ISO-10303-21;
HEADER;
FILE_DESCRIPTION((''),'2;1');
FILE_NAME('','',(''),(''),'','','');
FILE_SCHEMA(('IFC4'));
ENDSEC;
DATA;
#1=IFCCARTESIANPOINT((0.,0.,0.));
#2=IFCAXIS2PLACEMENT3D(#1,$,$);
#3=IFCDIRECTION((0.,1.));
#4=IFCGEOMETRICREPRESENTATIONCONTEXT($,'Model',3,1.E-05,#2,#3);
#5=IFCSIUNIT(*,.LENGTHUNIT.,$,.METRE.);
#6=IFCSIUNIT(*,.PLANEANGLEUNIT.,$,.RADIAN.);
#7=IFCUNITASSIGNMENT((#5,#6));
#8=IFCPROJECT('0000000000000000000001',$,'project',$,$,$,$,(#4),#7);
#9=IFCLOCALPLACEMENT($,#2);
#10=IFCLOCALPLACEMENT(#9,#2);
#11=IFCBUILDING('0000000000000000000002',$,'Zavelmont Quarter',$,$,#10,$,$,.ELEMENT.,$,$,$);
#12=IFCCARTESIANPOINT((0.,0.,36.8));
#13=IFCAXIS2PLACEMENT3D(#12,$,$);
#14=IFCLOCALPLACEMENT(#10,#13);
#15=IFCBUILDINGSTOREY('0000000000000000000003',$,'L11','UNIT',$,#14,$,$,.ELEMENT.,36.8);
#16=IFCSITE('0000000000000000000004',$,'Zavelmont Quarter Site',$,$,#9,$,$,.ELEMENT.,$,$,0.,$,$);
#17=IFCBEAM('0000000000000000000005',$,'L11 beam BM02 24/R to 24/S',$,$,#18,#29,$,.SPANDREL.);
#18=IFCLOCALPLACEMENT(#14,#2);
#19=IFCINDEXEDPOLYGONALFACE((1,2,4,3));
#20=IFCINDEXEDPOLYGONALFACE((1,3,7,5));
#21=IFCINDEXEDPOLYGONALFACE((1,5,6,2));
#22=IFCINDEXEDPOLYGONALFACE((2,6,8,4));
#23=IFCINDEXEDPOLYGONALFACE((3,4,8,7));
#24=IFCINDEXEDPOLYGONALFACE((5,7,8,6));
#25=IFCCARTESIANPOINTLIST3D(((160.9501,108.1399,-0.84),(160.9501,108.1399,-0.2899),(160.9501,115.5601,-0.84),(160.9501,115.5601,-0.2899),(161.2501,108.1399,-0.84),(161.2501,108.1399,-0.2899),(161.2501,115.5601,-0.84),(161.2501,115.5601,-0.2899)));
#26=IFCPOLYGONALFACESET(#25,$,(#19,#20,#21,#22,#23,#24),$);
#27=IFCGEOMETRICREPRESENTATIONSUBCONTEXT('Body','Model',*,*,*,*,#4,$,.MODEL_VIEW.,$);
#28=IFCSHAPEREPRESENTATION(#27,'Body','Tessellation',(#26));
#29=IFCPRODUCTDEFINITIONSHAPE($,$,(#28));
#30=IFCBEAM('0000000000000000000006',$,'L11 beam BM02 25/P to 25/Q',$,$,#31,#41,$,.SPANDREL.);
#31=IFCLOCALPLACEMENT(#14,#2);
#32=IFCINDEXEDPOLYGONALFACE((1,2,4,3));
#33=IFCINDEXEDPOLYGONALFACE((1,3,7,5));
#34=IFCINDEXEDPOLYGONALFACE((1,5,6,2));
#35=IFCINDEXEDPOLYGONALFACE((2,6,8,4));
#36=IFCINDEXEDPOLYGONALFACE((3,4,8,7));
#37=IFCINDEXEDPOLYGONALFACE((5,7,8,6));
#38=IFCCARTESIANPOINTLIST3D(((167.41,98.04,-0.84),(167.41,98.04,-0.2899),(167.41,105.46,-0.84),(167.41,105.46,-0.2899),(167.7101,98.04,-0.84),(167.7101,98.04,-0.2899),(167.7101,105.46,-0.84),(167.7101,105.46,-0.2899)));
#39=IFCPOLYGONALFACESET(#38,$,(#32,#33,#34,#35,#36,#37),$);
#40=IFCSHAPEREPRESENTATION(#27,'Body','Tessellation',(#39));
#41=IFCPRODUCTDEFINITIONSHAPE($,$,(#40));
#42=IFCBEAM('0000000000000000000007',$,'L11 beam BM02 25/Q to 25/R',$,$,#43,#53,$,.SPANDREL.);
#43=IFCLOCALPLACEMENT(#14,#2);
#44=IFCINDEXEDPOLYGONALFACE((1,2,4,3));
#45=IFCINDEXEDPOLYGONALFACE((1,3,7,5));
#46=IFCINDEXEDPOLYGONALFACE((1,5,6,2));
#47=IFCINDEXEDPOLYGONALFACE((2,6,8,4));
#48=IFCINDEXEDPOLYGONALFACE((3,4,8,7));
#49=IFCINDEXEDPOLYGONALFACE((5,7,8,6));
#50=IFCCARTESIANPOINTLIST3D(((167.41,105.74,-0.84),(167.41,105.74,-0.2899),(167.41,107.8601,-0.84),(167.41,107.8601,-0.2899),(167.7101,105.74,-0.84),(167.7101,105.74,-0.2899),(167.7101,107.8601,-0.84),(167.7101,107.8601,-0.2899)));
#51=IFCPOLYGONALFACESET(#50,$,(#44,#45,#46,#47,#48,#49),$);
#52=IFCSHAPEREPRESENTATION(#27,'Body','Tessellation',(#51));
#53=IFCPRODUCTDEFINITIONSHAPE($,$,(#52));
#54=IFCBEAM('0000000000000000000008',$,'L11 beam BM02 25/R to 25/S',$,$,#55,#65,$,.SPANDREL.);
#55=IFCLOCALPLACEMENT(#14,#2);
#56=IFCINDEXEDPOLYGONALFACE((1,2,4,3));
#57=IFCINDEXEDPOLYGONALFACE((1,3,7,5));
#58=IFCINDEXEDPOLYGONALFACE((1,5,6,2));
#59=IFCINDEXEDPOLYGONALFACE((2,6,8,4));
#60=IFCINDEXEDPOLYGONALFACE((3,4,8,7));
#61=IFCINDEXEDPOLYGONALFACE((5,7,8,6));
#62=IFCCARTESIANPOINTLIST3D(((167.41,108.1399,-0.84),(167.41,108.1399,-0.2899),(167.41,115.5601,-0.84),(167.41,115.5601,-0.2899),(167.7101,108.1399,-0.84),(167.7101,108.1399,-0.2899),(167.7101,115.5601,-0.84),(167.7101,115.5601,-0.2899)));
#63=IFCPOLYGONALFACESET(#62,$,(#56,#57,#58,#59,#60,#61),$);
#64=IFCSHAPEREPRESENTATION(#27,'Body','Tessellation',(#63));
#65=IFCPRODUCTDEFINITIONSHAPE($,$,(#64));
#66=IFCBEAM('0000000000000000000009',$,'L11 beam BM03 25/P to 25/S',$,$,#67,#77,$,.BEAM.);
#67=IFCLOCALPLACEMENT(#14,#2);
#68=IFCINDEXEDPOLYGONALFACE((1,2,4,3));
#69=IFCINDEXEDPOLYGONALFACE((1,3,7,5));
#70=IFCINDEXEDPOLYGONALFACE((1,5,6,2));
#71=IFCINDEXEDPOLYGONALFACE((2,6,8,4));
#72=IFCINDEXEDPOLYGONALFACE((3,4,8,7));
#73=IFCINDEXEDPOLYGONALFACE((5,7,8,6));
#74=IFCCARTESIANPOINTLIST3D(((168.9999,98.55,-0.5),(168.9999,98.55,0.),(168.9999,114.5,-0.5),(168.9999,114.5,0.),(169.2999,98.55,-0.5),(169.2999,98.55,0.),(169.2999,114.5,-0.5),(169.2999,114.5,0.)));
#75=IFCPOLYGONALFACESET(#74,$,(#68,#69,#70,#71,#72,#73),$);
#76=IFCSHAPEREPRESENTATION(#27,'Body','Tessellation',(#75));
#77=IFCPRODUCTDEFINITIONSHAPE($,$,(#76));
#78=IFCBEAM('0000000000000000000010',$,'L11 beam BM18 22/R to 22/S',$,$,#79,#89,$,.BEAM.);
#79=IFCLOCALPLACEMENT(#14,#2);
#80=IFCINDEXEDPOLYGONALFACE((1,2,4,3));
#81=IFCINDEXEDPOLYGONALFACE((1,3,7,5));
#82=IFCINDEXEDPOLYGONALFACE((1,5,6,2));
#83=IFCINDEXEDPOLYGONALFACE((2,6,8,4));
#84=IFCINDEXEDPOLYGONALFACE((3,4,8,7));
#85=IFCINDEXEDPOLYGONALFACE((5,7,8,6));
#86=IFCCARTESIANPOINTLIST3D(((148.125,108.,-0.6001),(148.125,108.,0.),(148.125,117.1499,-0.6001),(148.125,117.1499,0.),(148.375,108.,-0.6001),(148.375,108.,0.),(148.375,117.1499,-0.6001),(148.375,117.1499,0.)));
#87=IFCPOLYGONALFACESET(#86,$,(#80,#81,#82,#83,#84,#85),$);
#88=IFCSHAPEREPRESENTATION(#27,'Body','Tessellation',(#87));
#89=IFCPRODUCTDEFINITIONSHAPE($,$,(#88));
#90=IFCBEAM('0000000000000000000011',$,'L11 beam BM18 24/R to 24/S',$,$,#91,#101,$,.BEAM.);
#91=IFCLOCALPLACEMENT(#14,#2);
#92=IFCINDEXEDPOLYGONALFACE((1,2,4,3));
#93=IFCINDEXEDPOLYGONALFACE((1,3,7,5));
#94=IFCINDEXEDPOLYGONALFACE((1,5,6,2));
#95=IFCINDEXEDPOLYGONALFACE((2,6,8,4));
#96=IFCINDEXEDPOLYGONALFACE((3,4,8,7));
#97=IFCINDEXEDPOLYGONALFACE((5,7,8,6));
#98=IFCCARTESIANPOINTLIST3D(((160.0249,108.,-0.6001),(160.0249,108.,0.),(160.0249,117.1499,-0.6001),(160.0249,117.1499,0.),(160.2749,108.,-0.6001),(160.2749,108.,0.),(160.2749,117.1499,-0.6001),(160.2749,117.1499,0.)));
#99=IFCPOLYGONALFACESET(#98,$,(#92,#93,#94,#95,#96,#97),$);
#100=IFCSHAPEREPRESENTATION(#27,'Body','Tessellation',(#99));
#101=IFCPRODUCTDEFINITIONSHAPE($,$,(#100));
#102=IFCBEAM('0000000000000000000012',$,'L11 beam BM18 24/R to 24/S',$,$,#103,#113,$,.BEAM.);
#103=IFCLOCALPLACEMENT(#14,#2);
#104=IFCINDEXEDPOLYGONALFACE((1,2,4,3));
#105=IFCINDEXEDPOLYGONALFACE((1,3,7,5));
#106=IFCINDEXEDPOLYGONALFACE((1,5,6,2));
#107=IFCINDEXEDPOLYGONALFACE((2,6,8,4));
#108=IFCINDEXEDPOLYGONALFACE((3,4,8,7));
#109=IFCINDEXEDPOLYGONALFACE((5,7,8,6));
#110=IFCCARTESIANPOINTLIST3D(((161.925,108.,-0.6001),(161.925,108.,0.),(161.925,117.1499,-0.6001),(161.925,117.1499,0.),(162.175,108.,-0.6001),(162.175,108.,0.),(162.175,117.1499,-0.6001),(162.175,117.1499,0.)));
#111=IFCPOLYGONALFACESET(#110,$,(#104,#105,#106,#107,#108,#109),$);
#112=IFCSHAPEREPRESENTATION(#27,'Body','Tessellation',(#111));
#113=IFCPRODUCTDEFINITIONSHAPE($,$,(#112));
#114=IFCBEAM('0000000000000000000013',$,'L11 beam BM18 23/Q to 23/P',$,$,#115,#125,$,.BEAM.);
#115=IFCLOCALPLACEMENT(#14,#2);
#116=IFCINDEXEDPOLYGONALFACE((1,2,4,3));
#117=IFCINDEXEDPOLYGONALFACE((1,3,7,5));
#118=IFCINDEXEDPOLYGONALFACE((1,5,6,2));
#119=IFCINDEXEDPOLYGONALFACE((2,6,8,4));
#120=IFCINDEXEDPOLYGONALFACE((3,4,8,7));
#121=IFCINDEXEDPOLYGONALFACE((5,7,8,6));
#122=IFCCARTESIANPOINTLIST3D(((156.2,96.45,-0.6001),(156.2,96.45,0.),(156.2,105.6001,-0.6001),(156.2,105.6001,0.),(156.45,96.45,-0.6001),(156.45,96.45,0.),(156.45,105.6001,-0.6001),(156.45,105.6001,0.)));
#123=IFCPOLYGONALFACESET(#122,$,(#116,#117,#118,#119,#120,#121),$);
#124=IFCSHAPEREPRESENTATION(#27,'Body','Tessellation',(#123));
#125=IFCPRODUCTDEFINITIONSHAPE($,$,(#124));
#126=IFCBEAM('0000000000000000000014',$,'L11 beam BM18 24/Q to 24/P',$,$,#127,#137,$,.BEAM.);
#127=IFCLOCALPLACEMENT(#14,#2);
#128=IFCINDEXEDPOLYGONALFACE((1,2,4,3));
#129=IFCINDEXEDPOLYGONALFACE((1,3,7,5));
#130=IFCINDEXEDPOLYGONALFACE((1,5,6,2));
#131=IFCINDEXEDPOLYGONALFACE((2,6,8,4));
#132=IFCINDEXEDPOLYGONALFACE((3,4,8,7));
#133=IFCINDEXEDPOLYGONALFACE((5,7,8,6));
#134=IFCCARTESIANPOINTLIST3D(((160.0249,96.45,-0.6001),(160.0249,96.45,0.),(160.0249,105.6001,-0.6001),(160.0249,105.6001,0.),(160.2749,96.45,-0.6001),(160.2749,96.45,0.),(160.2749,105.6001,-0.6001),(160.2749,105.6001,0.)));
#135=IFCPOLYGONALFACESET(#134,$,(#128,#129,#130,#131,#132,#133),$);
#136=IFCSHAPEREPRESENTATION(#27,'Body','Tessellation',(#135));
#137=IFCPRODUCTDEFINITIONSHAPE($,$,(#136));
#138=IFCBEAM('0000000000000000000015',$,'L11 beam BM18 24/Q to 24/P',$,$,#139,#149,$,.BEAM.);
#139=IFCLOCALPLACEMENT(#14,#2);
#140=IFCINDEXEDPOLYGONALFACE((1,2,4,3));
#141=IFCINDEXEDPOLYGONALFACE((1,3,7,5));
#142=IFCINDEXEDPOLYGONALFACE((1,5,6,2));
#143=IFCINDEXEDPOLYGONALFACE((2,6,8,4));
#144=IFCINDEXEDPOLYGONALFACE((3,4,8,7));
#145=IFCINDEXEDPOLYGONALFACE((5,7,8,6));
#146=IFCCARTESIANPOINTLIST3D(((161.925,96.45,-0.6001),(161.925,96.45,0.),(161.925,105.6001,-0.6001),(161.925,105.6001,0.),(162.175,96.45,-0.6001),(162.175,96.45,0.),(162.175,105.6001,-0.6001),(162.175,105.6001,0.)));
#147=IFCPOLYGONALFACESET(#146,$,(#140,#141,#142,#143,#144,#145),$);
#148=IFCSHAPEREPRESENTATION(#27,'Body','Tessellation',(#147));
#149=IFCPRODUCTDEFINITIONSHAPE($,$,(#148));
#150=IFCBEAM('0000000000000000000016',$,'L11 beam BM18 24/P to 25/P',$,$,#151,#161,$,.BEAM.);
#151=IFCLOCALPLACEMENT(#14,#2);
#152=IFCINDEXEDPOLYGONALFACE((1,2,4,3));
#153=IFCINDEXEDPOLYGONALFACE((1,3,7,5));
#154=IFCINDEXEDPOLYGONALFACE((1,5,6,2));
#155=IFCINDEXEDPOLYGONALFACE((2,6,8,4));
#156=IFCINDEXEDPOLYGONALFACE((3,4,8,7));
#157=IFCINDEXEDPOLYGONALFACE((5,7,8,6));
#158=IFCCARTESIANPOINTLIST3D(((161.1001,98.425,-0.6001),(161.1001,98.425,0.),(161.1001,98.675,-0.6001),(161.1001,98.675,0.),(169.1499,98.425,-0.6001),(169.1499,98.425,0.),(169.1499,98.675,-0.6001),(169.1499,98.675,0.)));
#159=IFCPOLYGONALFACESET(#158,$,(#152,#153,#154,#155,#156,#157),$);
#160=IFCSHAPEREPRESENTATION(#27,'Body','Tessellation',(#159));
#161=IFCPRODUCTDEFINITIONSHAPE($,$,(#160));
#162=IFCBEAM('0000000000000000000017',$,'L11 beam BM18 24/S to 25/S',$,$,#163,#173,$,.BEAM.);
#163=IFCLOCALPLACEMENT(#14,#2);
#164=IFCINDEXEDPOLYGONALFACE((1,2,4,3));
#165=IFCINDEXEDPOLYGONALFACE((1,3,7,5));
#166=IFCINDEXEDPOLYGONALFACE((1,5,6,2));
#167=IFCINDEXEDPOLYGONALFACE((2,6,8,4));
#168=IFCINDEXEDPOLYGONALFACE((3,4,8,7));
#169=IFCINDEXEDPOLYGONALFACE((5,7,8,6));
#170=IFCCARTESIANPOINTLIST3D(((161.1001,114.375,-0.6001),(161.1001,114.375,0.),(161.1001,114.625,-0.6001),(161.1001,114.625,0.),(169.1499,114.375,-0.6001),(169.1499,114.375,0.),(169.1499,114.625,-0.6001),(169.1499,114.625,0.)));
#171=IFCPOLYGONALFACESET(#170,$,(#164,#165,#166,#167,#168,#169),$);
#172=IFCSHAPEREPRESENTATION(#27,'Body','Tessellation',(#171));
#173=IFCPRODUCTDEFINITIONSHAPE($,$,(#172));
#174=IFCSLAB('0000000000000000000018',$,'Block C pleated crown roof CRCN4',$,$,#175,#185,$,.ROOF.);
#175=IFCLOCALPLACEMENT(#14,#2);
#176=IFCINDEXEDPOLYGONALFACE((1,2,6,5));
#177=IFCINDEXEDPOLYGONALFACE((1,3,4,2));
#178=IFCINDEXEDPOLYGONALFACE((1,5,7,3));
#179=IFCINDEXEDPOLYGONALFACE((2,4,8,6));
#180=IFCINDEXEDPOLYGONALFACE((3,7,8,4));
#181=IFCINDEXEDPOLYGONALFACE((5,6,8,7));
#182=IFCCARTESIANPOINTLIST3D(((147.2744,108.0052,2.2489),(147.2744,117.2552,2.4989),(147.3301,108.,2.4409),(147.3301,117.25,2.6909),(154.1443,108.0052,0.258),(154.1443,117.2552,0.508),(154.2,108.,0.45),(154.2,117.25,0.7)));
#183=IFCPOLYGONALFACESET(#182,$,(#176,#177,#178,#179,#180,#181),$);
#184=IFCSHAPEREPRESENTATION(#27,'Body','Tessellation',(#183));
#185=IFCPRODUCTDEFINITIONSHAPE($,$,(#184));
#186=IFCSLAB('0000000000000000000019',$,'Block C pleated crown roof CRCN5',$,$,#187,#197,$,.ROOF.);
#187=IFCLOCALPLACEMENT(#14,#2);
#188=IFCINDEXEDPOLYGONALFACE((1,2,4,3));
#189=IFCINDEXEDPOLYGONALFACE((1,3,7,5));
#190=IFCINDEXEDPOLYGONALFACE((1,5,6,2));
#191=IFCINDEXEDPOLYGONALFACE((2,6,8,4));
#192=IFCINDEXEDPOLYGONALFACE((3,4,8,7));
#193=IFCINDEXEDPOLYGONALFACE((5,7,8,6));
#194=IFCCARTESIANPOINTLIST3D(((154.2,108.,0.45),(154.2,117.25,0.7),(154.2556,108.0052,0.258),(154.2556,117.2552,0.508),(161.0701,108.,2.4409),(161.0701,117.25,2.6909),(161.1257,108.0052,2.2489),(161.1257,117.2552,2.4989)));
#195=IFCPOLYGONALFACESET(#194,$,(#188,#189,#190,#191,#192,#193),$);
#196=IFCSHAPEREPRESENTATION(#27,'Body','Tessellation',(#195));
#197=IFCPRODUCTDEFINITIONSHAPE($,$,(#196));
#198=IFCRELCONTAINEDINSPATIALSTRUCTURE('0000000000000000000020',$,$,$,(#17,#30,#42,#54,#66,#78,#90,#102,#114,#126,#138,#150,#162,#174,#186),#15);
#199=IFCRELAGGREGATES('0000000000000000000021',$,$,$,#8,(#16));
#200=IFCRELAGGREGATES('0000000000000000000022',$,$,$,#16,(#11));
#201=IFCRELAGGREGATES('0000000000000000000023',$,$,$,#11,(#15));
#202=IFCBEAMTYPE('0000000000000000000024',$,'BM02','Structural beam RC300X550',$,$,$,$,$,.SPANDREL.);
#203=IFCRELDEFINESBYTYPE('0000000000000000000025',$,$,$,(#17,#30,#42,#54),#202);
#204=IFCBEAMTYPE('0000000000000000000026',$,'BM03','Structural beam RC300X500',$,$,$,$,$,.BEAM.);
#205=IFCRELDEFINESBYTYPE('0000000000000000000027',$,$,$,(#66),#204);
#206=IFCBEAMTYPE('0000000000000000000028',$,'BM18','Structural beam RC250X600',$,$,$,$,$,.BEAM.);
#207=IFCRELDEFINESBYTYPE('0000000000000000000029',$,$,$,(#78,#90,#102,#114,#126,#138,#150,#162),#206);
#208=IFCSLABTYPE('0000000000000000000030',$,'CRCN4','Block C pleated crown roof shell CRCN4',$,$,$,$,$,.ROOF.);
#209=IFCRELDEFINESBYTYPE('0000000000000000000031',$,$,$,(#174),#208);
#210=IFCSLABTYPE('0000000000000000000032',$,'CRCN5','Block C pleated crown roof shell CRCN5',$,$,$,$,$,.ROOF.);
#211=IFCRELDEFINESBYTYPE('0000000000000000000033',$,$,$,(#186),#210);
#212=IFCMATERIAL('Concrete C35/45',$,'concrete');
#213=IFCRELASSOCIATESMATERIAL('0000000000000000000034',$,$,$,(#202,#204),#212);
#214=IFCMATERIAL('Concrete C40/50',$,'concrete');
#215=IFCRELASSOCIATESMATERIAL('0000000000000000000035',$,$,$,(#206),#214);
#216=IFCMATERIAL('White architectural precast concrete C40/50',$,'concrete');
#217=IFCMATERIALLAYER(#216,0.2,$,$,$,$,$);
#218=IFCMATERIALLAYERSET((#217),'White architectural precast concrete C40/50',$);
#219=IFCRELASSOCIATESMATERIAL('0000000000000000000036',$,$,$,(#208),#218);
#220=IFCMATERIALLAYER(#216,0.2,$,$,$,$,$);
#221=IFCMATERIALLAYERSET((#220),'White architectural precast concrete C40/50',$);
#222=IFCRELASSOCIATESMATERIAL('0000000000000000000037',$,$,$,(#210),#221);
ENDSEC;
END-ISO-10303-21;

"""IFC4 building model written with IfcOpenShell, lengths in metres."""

from ifc_helpers import new_model, si_unit, direction, frame, origin, origin_2d, place, context, subcontext, project, spatial, polyline, rectangle, outline, extrude, material, layer, layer_set, material_profile, profile_set, type_object, element, save


model = new_model("IFC4")

# Units and contexts
model_context = context("Model", 3, precision=1e-05, world=origin(), true_north=direction((0.0, 1.0)))
body_context = subcontext(model_context, "Body", "Model", "MODEL_VIEW")
ifc_project = project(units=[si_unit("LENGTHUNIT", "METRE"), si_unit("PLANEANGLEUNIT", "RADIAN")], contexts=[model_context])

# Site, building, storey
site_placement = place(None, origin())
site = spatial("IfcSite", under=ifc_project, at=site_placement, Name="Zavelmont Quarter Site", CompositionType="ELEMENT", RefElevation=0.0)
building_placement = place(site_placement, origin())
building = spatial("IfcBuilding", under=site, at=building_placement, Name="Zavelmont Quarter", CompositionType="ELEMENT")
storey_placement = place(building_placement, frame((0.0, 0.0, 36.8)))
storey = spatial("IfcBuildingStorey", under=building, at=storey_placement, Name="L11", Description="UNIT", CompositionType="ELEMENT", Elevation=36.8)

# Shared definitions
ifc_material_1 = material(Name="Concrete C35/45", Category="concrete")

# Beams
ifc_material_profile_1 = material_profile(ifc_material_1, rectangle(XDim=0.3, YDim=0.55, at=origin_2d()), Name="RC300X550")
ifc_profile_set_1 = profile_set([ifc_material_profile_1], Name="Concrete C35/45")
beam_type_1 = type_object("IfcBeamType", Name="BM02", Description="Structural beam RC300X550", PredefinedType="SPANDREL", material=ifc_profile_set_1)
beam_1_placement = place(storey_placement, frame((161.1001, 108.1399, -0.5649), z_axis=(0.0, 1.0, 0.0), x_axis=(-1.0, 0.0, 0.0)))
element("IfcBeam", 1, at=beam_1_placement, inside=storey, type_object=beam_type_1, Name="L11 beam BM02 24/R to 24/S", PredefinedType="SPANDREL", context=body_context, shape_type="SweptSolid", body=[
    extrude(rectangle(XDim=0.3, YDim=0.55, at=origin_2d()), origin(), (0.0, 0.0, 1.0), 7.4202),
])
beam_2_placement = place(storey_placement, frame((167.5601, 98.04, -0.5649), z_axis=(0.0, 1.0, 0.0), x_axis=(-1.0, 0.0, 0.0)))
element("IfcBeam", 2, at=beam_2_placement, inside=storey, type_object=beam_type_1, Name="L11 beam BM02 25/P to 25/Q", PredefinedType="SPANDREL", context=body_context, shape_type="SweptSolid", body=[
    extrude(rectangle(XDim=0.3, YDim=0.55, at=origin_2d()), origin(), (0.0, 0.0, 1.0), 7.4199),
])
beam_3_placement = place(storey_placement, frame((167.5601, 105.74, -0.5649), z_axis=(0.0, 1.0, 0.0), x_axis=(-1.0, 0.0, 0.0)))
element("IfcBeam", 3, at=beam_3_placement, inside=storey, type_object=beam_type_1, Name="L11 beam BM02 25/Q to 25/R", PredefinedType="SPANDREL", context=body_context, shape_type="SweptSolid", body=[
    extrude(rectangle(XDim=0.3, YDim=0.55, at=origin_2d()), origin(), (0.0, 0.0, 1.0), 2.1201),
])
beam_4_placement = place(storey_placement, frame((167.5601, 108.1399, -0.5649), z_axis=(0.0, 1.0, 0.0), x_axis=(-1.0, 0.0, 0.0)))
element("IfcBeam", 4, at=beam_4_placement, inside=storey, type_object=beam_type_1, Name="L11 beam BM02 25/R to 25/S", PredefinedType="SPANDREL", context=body_context, shape_type="SweptSolid", body=[
    extrude(rectangle(XDim=0.3, YDim=0.55, at=origin_2d()), origin(), (0.0, 0.0, 1.0), 7.4202),
])
ifc_material_profile_2 = material_profile(ifc_material_1, rectangle(XDim=0.3, YDim=0.5, at=origin_2d()), Name="RC300X500")
ifc_profile_set_2 = profile_set([ifc_material_profile_2], Name="Concrete C35/45")
beam_type_2 = type_object("IfcBeamType", Name="BM03", Description="Structural beam RC300X500", PredefinedType="BEAM", material=ifc_profile_set_2)
beam_5_placement = place(storey_placement, frame((169.1499, 98.55, -0.25), z_axis=(0.0, 1.0, 0.0), x_axis=(-1.0, 0.0, 0.0)))
element("IfcBeam", 5, at=beam_5_placement, inside=storey, type_object=beam_type_2, Name="L11 beam BM03 25/P to 25/S", PredefinedType="BEAM", context=body_context, shape_type="SweptSolid", body=[
    extrude(rectangle(XDim=0.3, YDim=0.5, at=origin_2d()), origin(), (0.0, 0.0, 1.0), 15.95),
])
ifc_material_2 = material(Name="Concrete C40/50", Category="concrete")
ifc_material_profile_3 = material_profile(ifc_material_2, rectangle(XDim=0.25, YDim=0.6001, at=origin_2d()), Name="RC250X600")
ifc_profile_set_3 = profile_set([ifc_material_profile_3], Name="Concrete C40/50")
beam_type_3 = type_object("IfcBeamType", Name="BM18", Description="Structural beam RC250X600", PredefinedType="BEAM", material=ifc_profile_set_3)
for number, where, z_axis, x_axis, name in (
    (6, (148.25, 108.0, -0.3), (0.0, 1.0, 0.0), (-1.0, 0.0, 0.0), "L11 beam BM18 22/R to 22/S"),
    (7, (160.1499, 108.0, -0.3), (0.0, 1.0, 0.0), (-1.0, 0.0, 0.0), "L11 beam BM18 24/R to 24/S"),
    (8, (162.05, 108.0, -0.3), (0.0, 1.0, 0.0), (-1.0, 0.0, 0.0), "L11 beam BM18 24/R to 24/S"),
):
    element("IfcBeam", number, at=place(storey_placement, frame(where, z_axis=z_axis, x_axis=x_axis)), inside=storey, type_object=beam_type_3, Name=name, PredefinedType="BEAM", context=body_context, shape_type="SweptSolid", body=[
        extrude(rectangle(XDim=0.25, YDim=0.6001, at=origin_2d()), origin(), (0.0, 0.0, 1.0), 9.1499),
    ])
for number, where, z_axis, x_axis, name in (
    (9, (156.325, 105.6001, -0.3), (0.0, -1.0, 0.0), (1.0, 0.0, 0.0), "L11 beam BM18 23/Q to 23/P"),
    (10, (160.1499, 105.6001, -0.3), (0.0, -1.0, 0.0), (1.0, 0.0, 0.0), "L11 beam BM18 24/Q to 24/P"),
    (11, (162.05, 105.6001, -0.3), (0.0, -1.0, 0.0), (1.0, 0.0, 0.0), "L11 beam BM18 24/Q to 24/P"),
):
    element("IfcBeam", number, at=place(storey_placement, frame(where, z_axis=z_axis, x_axis=x_axis)), inside=storey, type_object=beam_type_3, Name=name, PredefinedType="BEAM", context=body_context, shape_type="SweptSolid", body=[
        extrude(rectangle(XDim=0.25, YDim=0.6001, at=origin_2d()), origin(), (0.0, 0.0, 1.0), 9.1501),
    ])
for number, where, z_axis, x_axis, name in (
    (12, (161.1001, 98.55, -0.3), (1.0, 0.0, 0.0), (0.0, 1.0, 0.0), "L11 beam BM18 24/P to 25/P"),
    (13, (161.1001, 114.5, -0.3), (1.0, 0.0, 0.0), (0.0, 1.0, 0.0), "L11 beam BM18 24/S to 25/S"),
):
    element("IfcBeam", number, at=place(storey_placement, frame(where, z_axis=z_axis, x_axis=x_axis)), inside=storey, type_object=beam_type_3, Name=name, PredefinedType="BEAM", context=body_context, shape_type="SweptSolid", body=[
        extrude(rectangle(XDim=0.25, YDim=0.6001, at=origin_2d()), origin(), (0.0, 0.0, 1.0), 8.0498),
    ])

# Slabs
ifc_material_3 = material(Name="White architectural precast concrete C40/50", Category="concrete")
ifc_layer_1 = layer(ifc_material_3, 0.2)
ifc_layer_set_1 = layer_set([ifc_layer_1], Name="White architectural precast concrete C40/50")
slab_type_1 = type_object("IfcSlabType", Name="CRCN4", Description="Block C pleated crown roof shell CRCN4", PredefinedType="ROOF", material=ifc_layer_set_1)
slab_1_placement = place(storey_placement, frame((147.3301, 108.0, 2.4409), z_axis=(0.278264, -0.02595, 0.960154), x_axis=(0.960478, 0.0, -0.278357)))
element("IfcSlab", 14, at=slab_1_placement, inside=storey, type_object=slab_type_1, Name="Block C pleated crown roof CRCN4", PredefinedType="ROOF", context=body_context, shape_type="SweptSolid", body=[
    extrude(outline(polyline([(0.0, 0.0), (7.1526, 0.0), (7.083, 9.2531), (-0.0696, 9.2531), (0.0, 0.0)])), origin(), (0.0, 0.0, -1.0), 0.2),
])
ifc_layer_2 = layer(ifc_material_3, 0.2)
ifc_layer_set_2 = layer_set([ifc_layer_2], Name="White architectural precast concrete C40/50")
slab_type_2 = type_object("IfcSlabType", Name="CRCN5", Description="Block C pleated crown roof shell CRCN5", PredefinedType="ROOF", material=ifc_layer_set_2)
slab_2_placement = place(storey_placement, frame((154.2, 108.0, 0.45), z_axis=(-0.278254, -0.02595, 0.960157), x_axis=(0.96048, 0.0, 0.278348)))
element("IfcSlab", 15, at=slab_2_placement, inside=storey, type_object=slab_type_2, Name="Block C pleated crown roof CRCN5", PredefinedType="ROOF", context=body_context, shape_type="SweptSolid", body=[
    extrude(outline(polyline([(0.0, 0.0), (7.1528, 0.0), (7.2224, 9.2531), (0.0696, 9.2531), (0.0, 0.0)])), origin(), (0.0, 0.0, -1.0), 0.2),
])

save(model, "model.ifc")
